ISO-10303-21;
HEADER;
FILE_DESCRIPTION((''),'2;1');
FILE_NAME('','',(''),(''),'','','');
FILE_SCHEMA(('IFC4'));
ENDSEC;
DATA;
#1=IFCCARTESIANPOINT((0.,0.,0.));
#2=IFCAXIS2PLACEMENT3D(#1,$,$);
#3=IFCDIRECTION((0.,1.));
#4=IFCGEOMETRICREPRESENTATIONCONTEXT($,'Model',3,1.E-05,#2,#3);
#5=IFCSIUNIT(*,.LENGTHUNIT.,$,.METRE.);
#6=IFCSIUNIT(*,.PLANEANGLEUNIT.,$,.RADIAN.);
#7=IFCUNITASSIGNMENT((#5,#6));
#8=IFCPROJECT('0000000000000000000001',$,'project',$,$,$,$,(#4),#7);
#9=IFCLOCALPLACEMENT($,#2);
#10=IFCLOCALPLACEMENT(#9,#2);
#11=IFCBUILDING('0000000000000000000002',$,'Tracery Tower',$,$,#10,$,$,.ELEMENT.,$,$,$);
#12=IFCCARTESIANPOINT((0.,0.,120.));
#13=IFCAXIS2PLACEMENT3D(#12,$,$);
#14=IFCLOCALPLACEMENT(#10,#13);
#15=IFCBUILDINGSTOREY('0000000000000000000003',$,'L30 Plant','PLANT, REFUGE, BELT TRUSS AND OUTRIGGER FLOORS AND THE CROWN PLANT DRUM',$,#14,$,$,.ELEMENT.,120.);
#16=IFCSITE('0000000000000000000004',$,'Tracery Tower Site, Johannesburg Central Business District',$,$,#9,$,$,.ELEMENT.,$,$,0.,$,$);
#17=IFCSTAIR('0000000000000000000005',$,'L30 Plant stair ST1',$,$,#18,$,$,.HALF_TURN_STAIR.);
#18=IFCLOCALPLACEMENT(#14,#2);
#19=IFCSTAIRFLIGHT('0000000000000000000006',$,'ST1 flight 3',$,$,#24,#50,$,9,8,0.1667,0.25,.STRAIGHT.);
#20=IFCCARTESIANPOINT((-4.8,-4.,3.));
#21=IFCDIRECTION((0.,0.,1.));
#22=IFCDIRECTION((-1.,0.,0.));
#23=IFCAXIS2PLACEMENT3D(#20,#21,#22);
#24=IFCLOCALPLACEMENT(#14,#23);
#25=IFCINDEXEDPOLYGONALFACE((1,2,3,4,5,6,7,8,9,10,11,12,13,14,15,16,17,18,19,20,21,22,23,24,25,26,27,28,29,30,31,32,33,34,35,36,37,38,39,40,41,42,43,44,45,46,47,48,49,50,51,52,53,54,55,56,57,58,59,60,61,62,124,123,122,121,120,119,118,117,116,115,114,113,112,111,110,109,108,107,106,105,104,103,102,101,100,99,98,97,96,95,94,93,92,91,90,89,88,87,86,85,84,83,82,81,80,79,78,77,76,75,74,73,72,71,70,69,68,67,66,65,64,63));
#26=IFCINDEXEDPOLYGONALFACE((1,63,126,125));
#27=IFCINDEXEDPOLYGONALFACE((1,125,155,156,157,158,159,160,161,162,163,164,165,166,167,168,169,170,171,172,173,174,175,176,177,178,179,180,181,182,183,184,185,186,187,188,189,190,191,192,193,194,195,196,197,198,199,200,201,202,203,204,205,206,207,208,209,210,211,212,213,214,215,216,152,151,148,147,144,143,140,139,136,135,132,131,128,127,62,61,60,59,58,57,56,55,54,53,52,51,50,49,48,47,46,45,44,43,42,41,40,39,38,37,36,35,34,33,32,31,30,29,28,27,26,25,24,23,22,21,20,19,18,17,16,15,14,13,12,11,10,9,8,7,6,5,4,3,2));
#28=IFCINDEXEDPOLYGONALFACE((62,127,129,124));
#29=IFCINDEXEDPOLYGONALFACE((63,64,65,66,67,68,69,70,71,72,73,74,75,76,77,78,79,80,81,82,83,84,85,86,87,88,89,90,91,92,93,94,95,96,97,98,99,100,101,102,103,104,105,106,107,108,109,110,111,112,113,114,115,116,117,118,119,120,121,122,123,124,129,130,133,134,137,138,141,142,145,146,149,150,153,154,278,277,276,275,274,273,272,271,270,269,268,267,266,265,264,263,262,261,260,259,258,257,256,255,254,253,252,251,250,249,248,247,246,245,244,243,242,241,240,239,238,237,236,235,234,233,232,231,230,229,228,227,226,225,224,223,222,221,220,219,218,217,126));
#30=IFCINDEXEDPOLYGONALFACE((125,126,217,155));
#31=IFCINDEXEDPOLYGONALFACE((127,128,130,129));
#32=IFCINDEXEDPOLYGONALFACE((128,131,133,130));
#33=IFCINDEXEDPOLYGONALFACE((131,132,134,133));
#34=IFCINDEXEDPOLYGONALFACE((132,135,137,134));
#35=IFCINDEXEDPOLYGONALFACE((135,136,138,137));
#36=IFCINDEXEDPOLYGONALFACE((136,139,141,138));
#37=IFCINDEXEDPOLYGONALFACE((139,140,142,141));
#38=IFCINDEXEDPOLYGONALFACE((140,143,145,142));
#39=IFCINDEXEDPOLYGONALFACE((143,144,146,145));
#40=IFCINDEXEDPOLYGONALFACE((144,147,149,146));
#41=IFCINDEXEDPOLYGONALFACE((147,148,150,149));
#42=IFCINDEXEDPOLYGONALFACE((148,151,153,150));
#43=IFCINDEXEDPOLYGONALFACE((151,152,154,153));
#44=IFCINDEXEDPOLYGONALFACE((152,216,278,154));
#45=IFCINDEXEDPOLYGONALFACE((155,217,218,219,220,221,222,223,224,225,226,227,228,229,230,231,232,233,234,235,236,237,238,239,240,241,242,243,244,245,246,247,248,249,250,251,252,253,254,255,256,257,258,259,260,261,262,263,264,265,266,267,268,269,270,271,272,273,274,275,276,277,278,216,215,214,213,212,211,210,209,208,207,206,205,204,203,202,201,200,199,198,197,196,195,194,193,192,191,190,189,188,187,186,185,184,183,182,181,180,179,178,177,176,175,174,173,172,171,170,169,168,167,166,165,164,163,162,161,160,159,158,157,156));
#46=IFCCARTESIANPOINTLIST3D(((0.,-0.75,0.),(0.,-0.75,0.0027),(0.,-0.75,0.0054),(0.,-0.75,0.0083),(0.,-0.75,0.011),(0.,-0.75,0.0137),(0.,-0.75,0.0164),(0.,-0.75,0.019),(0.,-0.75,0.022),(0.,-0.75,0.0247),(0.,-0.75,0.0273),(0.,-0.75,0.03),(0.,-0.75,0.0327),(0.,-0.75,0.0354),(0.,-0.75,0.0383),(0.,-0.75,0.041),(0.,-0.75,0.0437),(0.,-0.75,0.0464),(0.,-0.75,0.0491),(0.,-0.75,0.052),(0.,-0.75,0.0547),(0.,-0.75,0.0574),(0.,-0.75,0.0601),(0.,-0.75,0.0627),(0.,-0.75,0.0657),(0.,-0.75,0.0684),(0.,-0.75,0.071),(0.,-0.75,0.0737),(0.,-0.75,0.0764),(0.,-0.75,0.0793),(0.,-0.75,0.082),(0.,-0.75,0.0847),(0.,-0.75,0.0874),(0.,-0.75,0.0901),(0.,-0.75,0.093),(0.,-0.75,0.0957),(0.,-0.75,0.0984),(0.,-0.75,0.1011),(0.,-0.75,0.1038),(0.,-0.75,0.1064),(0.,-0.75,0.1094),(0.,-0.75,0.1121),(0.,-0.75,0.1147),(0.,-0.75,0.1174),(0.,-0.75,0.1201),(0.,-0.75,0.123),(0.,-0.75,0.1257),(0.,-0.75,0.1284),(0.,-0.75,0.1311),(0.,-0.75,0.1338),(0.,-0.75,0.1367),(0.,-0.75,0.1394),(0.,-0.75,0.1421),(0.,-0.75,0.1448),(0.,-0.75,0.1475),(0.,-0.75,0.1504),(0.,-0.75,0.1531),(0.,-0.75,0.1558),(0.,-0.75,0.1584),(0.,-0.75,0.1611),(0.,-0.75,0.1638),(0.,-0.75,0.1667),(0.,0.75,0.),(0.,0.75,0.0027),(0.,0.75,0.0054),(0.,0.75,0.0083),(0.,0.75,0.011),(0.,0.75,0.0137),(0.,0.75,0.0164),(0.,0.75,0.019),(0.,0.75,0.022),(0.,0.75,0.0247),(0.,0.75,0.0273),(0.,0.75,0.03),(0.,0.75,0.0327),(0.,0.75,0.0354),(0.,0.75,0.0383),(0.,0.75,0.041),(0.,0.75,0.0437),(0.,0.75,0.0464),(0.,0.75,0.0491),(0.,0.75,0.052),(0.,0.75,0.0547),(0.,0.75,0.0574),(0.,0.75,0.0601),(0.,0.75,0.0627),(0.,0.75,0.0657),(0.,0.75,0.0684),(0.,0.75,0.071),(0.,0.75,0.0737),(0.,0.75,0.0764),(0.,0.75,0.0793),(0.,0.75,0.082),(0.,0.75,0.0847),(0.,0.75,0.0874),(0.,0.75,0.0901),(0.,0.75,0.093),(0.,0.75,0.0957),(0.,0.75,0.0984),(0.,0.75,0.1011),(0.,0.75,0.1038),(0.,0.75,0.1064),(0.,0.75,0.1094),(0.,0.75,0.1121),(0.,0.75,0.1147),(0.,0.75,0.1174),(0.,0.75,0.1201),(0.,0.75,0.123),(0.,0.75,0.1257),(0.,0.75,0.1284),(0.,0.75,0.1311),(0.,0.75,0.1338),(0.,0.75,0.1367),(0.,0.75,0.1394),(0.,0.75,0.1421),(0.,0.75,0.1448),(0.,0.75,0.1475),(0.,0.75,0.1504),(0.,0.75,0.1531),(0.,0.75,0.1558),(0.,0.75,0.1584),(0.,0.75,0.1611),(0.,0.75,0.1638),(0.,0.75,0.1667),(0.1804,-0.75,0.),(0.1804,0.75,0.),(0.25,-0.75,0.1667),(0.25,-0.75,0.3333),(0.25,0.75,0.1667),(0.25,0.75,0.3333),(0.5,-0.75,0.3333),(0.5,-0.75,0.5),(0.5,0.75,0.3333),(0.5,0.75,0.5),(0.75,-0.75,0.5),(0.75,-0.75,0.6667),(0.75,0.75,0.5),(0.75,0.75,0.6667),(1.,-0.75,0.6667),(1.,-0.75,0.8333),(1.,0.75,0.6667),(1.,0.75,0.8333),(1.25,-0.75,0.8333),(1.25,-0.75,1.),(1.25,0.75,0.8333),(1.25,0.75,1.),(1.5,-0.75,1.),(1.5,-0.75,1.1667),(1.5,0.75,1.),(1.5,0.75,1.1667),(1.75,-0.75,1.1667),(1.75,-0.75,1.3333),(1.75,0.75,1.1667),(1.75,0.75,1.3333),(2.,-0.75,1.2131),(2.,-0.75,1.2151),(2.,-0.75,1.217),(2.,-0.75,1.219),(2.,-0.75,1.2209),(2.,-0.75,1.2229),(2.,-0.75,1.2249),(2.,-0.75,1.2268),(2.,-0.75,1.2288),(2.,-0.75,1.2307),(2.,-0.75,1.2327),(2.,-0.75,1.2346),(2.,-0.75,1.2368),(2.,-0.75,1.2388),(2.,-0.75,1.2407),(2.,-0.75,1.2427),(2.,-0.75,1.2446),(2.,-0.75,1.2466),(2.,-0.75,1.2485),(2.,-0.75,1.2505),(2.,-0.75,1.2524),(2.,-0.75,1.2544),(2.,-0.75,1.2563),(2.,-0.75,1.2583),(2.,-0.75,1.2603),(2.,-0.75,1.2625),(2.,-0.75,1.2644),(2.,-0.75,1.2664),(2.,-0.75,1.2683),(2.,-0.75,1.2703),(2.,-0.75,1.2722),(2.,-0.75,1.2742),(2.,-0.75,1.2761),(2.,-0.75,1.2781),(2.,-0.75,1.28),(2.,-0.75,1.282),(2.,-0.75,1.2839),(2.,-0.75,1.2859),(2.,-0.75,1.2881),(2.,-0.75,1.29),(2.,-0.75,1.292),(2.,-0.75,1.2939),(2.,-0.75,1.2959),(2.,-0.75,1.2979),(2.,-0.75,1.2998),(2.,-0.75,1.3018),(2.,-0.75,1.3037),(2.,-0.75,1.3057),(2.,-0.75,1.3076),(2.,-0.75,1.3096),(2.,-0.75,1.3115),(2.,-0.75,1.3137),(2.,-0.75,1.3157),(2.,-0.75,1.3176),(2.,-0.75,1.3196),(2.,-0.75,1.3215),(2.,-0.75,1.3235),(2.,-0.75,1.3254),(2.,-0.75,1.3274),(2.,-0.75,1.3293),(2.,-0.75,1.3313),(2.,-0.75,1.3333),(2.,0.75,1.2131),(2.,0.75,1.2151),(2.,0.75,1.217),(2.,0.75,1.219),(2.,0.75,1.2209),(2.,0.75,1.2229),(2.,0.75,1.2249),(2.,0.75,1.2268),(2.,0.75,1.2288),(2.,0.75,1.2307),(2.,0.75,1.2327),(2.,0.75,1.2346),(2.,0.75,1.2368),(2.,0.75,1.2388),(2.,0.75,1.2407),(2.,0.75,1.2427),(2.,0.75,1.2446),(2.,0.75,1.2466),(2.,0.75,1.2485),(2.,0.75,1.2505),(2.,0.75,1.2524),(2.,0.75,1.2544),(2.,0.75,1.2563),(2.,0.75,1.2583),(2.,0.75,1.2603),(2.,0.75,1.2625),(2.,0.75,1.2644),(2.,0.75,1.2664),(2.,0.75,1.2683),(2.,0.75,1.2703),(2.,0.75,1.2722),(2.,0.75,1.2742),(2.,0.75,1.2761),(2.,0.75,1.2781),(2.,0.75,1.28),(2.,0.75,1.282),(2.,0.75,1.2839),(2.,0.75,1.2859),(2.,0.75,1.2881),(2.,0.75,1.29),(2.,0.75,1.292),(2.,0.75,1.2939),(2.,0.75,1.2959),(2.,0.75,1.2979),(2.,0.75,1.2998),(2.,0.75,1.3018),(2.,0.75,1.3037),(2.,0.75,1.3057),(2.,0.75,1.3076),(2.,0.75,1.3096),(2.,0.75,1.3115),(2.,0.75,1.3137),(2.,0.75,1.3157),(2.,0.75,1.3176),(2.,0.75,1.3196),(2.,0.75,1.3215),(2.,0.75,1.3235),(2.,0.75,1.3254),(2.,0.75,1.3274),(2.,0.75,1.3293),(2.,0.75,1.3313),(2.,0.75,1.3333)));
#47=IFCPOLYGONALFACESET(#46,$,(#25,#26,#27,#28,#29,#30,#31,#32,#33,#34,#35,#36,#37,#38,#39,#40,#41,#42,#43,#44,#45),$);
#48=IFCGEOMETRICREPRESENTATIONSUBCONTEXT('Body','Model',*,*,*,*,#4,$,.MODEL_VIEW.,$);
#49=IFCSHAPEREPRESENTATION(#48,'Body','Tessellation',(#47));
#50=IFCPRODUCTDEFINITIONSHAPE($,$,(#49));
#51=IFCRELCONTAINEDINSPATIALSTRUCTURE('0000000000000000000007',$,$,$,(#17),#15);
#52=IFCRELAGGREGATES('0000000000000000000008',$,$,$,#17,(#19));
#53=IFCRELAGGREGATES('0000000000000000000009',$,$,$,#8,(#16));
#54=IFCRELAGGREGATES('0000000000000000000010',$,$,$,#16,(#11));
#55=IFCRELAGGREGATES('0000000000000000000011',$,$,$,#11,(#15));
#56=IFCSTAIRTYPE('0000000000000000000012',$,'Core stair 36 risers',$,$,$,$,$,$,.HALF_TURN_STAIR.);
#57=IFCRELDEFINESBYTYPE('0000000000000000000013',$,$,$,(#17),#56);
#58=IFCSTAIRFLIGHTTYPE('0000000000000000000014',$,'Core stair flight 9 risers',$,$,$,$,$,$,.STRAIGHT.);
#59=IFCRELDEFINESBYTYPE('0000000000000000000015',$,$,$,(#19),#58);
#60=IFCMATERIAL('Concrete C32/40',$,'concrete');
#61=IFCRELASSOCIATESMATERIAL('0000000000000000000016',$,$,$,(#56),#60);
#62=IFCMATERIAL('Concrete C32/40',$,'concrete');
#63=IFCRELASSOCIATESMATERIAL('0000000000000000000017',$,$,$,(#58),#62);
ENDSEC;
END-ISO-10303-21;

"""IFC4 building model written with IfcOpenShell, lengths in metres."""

from ifc_helpers import new_model, si_unit, direction, frame, origin, place, context, subcontext, project, spatial, polyline, outline, extrude, material, type_object, element, aggregate, save


model = new_model("IFC4")

# Units and contexts
model_context = context("Model", 3, precision=1e-05, world=origin(), true_north=direction((0.0, 1.0)))
body_context = subcontext(model_context, "Body", "Model", "MODEL_VIEW")
ifc_project = project(units=[si_unit("LENGTHUNIT", "METRE"), si_unit("PLANEANGLEUNIT", "RADIAN")], contexts=[model_context])

# Site, building, storey
site_placement = place(None, origin())
site = spatial("IfcSite", under=ifc_project, at=site_placement, Name="Tracery Tower Site, Johannesburg Central Business District", CompositionType="ELEMENT", RefElevation=0.0)
building_placement = place(site_placement, origin())
building = spatial("IfcBuilding", under=site, at=building_placement, Name="Tracery Tower", CompositionType="ELEMENT")
storey_placement = place(building_placement, frame((0.0, 0.0, 120.0)))
storey = spatial("IfcBuildingStorey", under=building, at=storey_placement, Name="L30 Plant", Description="PLANT, REFUGE, BELT TRUSS AND OUTRIGGER FLOORS AND THE CROWN PLANT DRUM", CompositionType="ELEMENT", Elevation=120.0)

# Stair
ifc_material_1 = material(Name="Concrete C32/40", Category="concrete")
stair_type = type_object("IfcStairType", Name="Core stair 36 risers", PredefinedType="HALF_TURN_STAIR", material=ifc_material_1)
stair_1_placement = place(storey_placement, origin())
stair_1 = element("IfcStair", 1, at=stair_1_placement, inside=storey, type_object=stair_type, Name="L30 Plant stair ST1", PredefinedType="HALF_TURN_STAIR")

# Stair flight
ifc_material_2 = material(Name="Concrete C32/40", Category="concrete")
stair_flight_type = type_object("IfcStairFlightType", Name="Core stair flight 9 risers", PredefinedType="STRAIGHT", material=ifc_material_2)
stair_flight_1_placement = place(storey_placement, frame((-4.8, -4.0, 3.0), z_axis=(0.0, 0.0, 1.0), x_axis=(-1.0, 0.0, 0.0)))
stair_flight_1 = element("IfcStairFlight", 2, at=stair_flight_1_placement, type_object=stair_flight_type, Name="ST1 flight 3", NumberOfRisers=9, NumberOfTreads=8, PredefinedType="STRAIGHT", RiserHeight=0.1667, TreadLength=0.25, context=body_context, shape_type="SweptSolid", body=[
    extrude(outline(polyline([(0.0, 0.0), (0.0, 0.0027), (0.0, 0.0054), (0.0, 0.0083), (0.0, 0.011), (0.0, 0.0137), (0.0, 0.0164), (0.0, 0.019), (0.0, 0.022), (0.0, 0.0247), (0.0, 0.0273), (0.0, 0.03), (0.0, 0.0327), (0.0, 0.0354), (0.0, 0.0383), (0.0, 0.041), (0.0, 0.0437), (0.0, 0.0464), (0.0, 0.0491), (0.0, 0.052), (0.0, 0.0547), (0.0, 0.0574), (0.0, 0.0601), (0.0, 0.0627), (0.0, 0.0657), (0.0, 0.0684), (0.0, 0.071), (0.0, 0.0737), (0.0, 0.0764), (0.0, 0.0793), (0.0, 0.082), (0.0, 0.0847), (0.0, 0.0874), (0.0, 0.0901), (0.0, 0.093), (0.0, 0.0957), (0.0, 0.0984), (0.0, 0.1011), (0.0, 0.1038), (0.0, 0.1064), (0.0, 0.1094), (0.0, 0.1121), (0.0, 0.1147), (0.0, 0.1174), (0.0, 0.1201), (0.0, 0.123), (0.0, 0.1257), (0.0, 0.1284), (0.0, 0.1311), (0.0, 0.1338), (0.0, 0.1367), (0.0, 0.1394), (0.0, 0.1421), (0.0, 0.1448), (0.0, 0.1475), (0.0, 0.1504), (0.0, 0.1531), (0.0, 0.1558), (0.0, 0.1584), (0.0, 0.1611), (0.0, 0.1638), (0.0, 0.1667), (0.25, 0.1667), (0.25, 0.3333), (0.5, 0.3333), (0.5, 0.5), (0.75, 0.5), (0.75, 0.6667), (1.0, 0.6667), (1.0, 0.8333), (1.25, 0.8333), (1.25, 1.0), (1.5, 1.0), (1.5, 1.1667), (1.75, 1.1667), (1.75, 1.3333), (2.0, 1.3333), (2.0, 1.3313), (2.0, 1.3293), (2.0, 1.3274), (2.0, 1.3254), (2.0, 1.3235), (2.0, 1.3215), (2.0, 1.3196), (2.0, 1.3176), (2.0, 1.3157), (2.0, 1.3137), (2.0, 1.3115), (2.0, 1.3096), (2.0, 1.3076), (2.0, 1.3057), (2.0, 1.3037), (2.0, 1.3018), (2.0, 1.2998), (2.0, 1.2979), (2.0, 1.2959), (2.0, 1.2939), (2.0, 1.292), (2.0, 1.29), (2.0, 1.2881), (2.0, 1.2859), (2.0, 1.2839), (2.0, 1.282), (2.0, 1.28), (2.0, 1.2781), (2.0, 1.2761), (2.0, 1.2742), (2.0, 1.2722), (2.0, 1.2703), (2.0, 1.2683), (2.0, 1.2664), (2.0, 1.2644), (2.0, 1.2625), (2.0, 1.2603), (2.0, 1.2583), (2.0, 1.2563), (2.0, 1.2544), (2.0, 1.2524), (2.0, 1.2505), (2.0, 1.2485), (2.0, 1.2466), (2.0, 1.2446), (2.0, 1.2427), (2.0, 1.2407), (2.0, 1.2388), (2.0, 1.2368), (2.0, 1.2346), (2.0, 1.2327), (2.0, 1.2307), (2.0, 1.2288), (2.0, 1.2268), (2.0, 1.2249), (2.0, 1.2229), (2.0, 1.2209), (2.0, 1.219), (2.0, 1.217), (2.0, 1.2151), (2.0, 1.2131), (0.1804, 0.0), (0.0, 0.0)])), frame((0.0, 0.75, 0.0), z_axis=(0.0, -1.0, 0.0), x_axis=(1.0, 0.0, 0.0)), (0.0, 0.0, 1.0), 1.5),
])
aggregate(stair_1, [stair_flight_1])

save(model, "model.ifc")
